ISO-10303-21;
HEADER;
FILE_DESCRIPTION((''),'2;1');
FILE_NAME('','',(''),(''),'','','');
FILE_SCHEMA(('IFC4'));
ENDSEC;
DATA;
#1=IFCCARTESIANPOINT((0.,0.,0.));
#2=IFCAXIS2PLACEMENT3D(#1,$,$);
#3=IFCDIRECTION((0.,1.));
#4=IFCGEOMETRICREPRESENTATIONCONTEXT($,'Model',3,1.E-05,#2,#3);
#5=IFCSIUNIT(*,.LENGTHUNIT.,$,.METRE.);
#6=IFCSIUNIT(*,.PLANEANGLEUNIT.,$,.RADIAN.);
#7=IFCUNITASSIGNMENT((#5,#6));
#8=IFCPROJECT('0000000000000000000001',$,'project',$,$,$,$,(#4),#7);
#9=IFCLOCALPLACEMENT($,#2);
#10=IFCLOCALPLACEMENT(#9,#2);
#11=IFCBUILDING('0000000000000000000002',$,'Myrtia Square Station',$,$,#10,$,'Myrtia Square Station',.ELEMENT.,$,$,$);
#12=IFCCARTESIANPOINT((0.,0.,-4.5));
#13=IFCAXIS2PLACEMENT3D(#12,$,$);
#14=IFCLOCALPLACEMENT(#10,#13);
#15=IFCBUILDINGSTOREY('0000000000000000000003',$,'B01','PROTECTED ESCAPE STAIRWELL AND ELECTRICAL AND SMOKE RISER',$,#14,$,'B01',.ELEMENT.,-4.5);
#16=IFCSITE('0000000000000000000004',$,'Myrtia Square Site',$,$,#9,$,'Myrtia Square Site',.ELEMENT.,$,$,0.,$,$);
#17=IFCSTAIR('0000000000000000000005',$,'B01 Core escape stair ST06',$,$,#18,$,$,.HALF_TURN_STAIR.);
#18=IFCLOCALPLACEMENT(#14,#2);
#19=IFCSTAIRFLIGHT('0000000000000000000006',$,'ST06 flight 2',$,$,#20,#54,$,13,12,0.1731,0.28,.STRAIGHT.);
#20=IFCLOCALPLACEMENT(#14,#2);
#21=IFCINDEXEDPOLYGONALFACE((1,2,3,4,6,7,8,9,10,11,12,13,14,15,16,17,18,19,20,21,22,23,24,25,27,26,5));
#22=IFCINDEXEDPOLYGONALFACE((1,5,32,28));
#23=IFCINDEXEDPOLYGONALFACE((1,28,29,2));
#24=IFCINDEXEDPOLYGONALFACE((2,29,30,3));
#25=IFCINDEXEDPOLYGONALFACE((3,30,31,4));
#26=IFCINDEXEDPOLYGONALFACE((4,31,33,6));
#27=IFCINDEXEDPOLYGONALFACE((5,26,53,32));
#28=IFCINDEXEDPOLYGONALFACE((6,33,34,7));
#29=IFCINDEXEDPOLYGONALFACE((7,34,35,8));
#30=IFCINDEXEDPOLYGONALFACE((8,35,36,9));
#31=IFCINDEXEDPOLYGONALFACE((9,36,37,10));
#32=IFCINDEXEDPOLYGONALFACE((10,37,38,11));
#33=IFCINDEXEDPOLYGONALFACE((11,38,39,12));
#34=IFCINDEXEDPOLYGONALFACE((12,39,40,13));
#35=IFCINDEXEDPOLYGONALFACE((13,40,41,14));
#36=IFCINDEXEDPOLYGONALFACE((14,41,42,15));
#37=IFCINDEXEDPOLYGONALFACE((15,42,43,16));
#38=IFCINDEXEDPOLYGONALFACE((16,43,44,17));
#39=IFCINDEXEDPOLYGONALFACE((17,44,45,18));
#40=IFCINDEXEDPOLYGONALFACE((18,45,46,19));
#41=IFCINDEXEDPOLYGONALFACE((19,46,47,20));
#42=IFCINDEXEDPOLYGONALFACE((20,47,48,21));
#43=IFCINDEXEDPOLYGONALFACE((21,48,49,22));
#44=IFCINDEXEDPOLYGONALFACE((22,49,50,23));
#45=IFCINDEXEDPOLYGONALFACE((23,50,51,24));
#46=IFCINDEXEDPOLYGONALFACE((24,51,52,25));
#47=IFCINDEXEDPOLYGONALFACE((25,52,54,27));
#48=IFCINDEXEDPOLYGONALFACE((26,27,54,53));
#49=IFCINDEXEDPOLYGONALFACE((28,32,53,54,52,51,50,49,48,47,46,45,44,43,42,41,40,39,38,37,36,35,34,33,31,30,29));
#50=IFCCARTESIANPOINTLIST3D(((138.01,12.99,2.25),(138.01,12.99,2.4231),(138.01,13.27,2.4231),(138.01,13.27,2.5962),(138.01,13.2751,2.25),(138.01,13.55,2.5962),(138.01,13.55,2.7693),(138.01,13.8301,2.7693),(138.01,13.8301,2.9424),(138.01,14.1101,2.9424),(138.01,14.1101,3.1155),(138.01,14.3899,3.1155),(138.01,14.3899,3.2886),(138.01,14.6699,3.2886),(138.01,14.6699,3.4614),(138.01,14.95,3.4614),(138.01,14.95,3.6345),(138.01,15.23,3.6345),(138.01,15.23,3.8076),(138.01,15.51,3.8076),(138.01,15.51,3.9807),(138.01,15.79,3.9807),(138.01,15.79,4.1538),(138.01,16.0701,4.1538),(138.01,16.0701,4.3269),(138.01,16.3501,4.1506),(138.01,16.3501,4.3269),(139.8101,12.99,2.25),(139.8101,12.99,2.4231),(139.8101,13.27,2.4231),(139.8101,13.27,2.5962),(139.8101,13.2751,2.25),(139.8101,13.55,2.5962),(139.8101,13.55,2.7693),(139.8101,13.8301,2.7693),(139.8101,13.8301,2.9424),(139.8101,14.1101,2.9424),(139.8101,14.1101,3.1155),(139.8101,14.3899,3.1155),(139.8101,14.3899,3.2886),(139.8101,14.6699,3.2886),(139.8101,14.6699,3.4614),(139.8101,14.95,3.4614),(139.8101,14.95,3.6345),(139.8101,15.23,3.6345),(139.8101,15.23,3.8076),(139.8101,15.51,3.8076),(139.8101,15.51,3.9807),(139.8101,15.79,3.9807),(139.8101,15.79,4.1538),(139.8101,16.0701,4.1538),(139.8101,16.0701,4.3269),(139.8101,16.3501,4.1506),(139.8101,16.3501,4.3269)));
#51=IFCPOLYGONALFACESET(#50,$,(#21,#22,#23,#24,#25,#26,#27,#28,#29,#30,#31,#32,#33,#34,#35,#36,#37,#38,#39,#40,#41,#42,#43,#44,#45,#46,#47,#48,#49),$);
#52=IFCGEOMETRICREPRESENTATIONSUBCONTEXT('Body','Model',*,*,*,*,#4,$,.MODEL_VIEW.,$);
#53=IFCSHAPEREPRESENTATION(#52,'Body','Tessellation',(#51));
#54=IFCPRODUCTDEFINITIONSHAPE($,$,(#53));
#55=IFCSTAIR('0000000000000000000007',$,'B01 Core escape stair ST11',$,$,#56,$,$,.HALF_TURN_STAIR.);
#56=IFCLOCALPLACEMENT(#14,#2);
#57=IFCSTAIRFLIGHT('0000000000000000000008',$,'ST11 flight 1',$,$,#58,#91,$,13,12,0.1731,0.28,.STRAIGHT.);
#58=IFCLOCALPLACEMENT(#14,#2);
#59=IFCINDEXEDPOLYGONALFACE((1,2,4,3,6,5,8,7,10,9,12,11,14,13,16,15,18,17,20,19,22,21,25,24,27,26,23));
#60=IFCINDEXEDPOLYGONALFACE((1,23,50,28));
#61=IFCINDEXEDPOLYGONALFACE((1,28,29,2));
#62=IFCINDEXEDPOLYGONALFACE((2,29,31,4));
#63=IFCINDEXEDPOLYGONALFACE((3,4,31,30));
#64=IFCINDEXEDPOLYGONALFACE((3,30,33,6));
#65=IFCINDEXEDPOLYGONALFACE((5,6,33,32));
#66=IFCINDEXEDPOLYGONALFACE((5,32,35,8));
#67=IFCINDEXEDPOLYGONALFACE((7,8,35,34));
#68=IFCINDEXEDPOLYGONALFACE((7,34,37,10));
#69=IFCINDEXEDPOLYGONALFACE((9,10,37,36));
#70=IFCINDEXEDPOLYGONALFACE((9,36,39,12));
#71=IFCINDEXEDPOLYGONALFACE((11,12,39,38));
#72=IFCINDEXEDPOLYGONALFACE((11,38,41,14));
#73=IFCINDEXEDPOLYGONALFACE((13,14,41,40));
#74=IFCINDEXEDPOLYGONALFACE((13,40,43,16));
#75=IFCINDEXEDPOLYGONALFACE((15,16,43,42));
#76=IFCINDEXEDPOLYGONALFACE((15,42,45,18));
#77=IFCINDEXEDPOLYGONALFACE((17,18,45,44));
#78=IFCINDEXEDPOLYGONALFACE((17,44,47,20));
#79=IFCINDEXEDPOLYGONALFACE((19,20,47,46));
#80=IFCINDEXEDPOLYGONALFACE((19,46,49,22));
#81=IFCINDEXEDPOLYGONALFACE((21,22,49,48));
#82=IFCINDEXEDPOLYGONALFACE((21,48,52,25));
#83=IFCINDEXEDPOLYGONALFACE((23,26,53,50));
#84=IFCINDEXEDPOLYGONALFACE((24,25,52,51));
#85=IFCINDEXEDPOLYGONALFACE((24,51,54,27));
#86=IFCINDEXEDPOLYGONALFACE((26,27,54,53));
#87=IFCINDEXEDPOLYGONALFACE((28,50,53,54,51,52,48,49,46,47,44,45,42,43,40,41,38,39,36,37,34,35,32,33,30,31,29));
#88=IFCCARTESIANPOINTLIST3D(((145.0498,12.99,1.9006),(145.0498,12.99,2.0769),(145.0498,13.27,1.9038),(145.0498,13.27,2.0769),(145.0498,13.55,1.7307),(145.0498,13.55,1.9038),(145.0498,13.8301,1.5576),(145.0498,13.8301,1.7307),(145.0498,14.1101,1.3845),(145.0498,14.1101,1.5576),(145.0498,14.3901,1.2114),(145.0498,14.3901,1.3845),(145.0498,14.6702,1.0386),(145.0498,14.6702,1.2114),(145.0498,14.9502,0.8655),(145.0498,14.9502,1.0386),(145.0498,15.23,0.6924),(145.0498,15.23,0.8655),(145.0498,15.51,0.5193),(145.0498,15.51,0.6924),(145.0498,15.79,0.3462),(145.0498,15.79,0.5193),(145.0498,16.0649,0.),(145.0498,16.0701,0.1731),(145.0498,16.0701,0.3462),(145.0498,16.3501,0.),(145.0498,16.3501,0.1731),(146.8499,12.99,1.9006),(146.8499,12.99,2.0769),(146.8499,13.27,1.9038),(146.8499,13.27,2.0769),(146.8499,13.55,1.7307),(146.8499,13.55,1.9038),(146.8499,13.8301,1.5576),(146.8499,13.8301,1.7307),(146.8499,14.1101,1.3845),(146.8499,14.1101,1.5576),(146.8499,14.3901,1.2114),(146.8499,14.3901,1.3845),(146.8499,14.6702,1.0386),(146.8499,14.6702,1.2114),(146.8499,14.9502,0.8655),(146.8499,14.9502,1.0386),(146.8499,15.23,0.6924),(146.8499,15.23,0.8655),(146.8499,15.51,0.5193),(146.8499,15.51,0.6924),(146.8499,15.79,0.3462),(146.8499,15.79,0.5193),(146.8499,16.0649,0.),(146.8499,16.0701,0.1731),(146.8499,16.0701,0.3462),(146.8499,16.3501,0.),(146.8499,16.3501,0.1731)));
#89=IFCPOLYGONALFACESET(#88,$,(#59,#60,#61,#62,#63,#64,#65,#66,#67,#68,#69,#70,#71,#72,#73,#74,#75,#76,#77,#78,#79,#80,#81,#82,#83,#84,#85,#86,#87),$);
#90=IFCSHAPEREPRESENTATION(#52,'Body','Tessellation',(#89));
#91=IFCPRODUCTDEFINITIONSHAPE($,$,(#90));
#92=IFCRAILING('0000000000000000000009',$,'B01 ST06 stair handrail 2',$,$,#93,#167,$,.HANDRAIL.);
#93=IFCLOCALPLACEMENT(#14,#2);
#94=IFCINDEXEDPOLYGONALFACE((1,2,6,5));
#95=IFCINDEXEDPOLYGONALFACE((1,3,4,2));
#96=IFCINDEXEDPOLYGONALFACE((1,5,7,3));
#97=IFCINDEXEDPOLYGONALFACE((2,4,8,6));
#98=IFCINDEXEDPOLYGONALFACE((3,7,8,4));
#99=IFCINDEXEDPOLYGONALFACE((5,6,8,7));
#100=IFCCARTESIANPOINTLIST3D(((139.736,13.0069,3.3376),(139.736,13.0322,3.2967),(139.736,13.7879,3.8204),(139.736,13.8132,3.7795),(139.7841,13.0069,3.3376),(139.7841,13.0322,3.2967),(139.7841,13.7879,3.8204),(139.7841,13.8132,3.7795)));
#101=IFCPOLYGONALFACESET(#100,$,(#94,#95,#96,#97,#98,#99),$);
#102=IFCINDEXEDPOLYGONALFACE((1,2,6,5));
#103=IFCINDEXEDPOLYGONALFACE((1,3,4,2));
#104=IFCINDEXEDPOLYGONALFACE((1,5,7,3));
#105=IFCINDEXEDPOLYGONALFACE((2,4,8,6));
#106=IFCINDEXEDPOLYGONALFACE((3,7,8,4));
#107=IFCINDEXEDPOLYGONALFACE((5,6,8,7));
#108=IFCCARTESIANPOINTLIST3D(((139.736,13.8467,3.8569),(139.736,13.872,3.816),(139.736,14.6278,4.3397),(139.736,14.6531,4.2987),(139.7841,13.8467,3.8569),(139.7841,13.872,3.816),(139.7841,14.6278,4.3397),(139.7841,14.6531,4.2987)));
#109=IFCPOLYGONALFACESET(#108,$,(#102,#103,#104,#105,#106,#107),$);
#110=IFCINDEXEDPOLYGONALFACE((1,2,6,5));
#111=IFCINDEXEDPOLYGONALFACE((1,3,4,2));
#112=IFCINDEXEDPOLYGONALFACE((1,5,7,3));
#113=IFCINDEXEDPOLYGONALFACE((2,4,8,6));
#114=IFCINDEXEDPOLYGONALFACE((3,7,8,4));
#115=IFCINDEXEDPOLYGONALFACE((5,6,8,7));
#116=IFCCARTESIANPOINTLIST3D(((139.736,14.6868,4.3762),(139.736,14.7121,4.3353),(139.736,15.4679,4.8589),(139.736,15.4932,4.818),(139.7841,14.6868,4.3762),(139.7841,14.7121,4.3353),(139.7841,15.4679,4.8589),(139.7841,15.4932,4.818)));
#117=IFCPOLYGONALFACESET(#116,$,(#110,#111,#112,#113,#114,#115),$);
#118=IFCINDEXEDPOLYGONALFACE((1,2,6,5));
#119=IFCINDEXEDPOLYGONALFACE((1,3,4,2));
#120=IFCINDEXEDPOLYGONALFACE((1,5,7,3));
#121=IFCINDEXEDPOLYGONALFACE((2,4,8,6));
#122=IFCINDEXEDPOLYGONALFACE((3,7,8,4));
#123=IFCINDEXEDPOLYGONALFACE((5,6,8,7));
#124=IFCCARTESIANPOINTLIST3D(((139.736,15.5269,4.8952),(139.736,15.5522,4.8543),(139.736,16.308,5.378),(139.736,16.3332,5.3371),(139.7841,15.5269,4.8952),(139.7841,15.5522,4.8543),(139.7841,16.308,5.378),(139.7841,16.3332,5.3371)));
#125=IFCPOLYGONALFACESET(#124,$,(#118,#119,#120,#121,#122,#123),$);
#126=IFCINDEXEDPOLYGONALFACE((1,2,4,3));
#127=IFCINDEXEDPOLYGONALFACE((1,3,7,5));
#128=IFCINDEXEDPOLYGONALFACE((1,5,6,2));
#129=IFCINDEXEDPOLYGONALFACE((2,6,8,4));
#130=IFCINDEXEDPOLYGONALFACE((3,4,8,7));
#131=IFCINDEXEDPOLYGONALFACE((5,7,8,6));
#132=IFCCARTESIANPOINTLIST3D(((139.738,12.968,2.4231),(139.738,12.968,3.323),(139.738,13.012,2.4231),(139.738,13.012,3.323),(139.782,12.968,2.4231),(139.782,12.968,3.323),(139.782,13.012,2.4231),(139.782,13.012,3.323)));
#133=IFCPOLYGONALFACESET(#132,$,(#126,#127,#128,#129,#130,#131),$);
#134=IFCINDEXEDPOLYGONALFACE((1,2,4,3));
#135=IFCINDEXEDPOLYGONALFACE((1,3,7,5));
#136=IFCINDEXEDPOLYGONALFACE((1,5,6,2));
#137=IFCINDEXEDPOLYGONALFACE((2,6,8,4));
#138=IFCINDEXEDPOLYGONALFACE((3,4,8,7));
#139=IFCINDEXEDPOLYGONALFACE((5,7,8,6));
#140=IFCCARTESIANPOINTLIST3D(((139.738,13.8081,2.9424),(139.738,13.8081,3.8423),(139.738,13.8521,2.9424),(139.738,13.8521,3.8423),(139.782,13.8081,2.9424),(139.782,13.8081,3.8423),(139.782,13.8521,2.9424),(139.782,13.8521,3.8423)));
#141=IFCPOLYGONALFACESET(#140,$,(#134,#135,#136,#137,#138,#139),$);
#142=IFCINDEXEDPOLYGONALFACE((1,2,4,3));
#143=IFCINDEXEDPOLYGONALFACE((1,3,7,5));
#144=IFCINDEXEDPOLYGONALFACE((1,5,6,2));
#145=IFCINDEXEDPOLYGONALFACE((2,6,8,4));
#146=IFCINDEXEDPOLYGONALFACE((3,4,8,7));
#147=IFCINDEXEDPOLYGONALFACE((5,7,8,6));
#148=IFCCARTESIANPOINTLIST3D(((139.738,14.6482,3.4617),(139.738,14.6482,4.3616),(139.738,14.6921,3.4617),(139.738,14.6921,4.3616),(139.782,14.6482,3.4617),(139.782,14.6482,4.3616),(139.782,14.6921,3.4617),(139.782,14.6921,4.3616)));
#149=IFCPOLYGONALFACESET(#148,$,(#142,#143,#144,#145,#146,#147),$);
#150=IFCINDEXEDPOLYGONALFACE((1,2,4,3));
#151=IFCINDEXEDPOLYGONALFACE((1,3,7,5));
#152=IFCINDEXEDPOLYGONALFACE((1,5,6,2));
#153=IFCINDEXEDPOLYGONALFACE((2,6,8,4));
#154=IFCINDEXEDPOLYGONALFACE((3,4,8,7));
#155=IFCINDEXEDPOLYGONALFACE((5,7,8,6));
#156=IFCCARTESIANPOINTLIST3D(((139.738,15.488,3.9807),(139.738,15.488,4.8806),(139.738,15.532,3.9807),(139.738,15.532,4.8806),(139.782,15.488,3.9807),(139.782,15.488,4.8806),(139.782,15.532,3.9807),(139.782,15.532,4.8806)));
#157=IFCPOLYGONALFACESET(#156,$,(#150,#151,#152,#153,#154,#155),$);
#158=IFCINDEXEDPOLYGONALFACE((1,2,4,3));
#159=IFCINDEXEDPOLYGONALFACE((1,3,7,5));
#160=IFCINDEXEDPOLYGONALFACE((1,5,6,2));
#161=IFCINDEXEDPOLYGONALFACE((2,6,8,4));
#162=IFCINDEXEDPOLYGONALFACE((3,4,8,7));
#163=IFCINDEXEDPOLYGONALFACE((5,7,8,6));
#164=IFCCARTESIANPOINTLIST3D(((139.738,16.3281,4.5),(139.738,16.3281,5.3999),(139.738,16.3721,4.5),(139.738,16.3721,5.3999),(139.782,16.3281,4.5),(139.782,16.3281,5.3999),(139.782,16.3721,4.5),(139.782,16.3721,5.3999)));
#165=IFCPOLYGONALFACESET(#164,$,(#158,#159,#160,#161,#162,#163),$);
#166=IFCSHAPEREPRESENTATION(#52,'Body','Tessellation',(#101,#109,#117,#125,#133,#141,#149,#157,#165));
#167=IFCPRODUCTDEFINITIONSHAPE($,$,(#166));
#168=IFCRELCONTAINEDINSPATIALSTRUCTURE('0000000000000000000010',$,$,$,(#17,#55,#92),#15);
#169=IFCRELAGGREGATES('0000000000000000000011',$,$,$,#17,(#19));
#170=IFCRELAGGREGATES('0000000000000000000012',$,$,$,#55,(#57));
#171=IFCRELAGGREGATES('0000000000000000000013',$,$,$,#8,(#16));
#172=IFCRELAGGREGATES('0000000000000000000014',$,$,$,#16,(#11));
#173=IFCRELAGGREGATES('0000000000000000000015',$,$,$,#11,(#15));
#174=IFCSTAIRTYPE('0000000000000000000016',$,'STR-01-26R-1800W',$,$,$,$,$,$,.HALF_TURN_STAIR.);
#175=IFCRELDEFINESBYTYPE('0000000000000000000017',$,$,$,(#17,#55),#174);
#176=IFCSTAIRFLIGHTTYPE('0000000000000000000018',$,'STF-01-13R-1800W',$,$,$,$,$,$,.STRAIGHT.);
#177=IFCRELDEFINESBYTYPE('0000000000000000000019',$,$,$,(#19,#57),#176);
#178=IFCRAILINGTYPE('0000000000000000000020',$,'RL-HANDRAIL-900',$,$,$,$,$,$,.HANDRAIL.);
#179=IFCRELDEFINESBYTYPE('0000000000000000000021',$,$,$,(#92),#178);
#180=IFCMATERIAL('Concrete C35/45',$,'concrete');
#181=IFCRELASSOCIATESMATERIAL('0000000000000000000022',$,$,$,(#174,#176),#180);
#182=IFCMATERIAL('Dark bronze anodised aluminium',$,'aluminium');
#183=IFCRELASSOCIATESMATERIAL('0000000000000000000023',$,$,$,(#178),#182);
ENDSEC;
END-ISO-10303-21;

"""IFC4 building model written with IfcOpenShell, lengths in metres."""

from ifc_helpers import new_model, si_unit, direction, frame, origin, origin_2d, place, context, subcontext, project, spatial, polyline, rectangle, outline, extrude, material, type_object, element, aggregate, save


model = new_model("IFC4")

# Units and contexts
model_context = context("Model", 3, precision=1e-05, world=origin(), true_north=direction((0.0, 1.0)))
body_context = subcontext(model_context, "Body", "Model", "MODEL_VIEW")
ifc_project = project(units=[si_unit("LENGTHUNIT", "METRE"), si_unit("PLANEANGLEUNIT", "RADIAN")], contexts=[model_context])

# Site, building, storey
site_placement = place(None, origin())
site = spatial("IfcSite", under=ifc_project, at=site_placement, Name="Myrtia Square Site", LongName="Myrtia Square Site", CompositionType="ELEMENT", RefElevation=0.0)
building_placement = place(site_placement, origin())
building = spatial("IfcBuilding", under=site, at=building_placement, Name="Myrtia Square Station", LongName="Myrtia Square Station", CompositionType="ELEMENT")
storey_placement = place(building_placement, frame((0.0, 0.0, -4.5)))
storey = spatial("IfcBuildingStorey", under=building, at=storey_placement, Name="B01", Description="PROTECTED ESCAPE STAIRWELL AND ELECTRICAL AND SMOKE RISER", LongName="B01", CompositionType="ELEMENT", Elevation=-4.5)

# Shared definitions
ifc_material_1 = material(Name="Concrete C35/45", Category="concrete")

# Shared definitions
ifc_material_2 = material(Name="Dark bronze anodised aluminium", Category="aluminium")

# Stairs, stair flights
stair_type = type_object("IfcStairType", Name="STR-01-26R-1800W", PredefinedType="HALF_TURN_STAIR", material=ifc_material_1)
stair_1_placement = place(storey_placement, origin())
stair_1 = element("IfcStair", 1, at=stair_1_placement, inside=storey, type_object=stair_type, Name="B01 Core escape stair ST06", PredefinedType="HALF_TURN_STAIR")
stair_flight_type = type_object("IfcStairFlightType", Name="STF-01-13R-1800W", PredefinedType="STRAIGHT", material=ifc_material_1)
stair_flight_1_placement = place(storey_placement, frame((138.9099, 12.99, 2.25), z_axis=(0.0, 0.0, 1.0), x_axis=(0.0, 1.0, 0.0)))
stair_flight_1 = element("IfcStairFlight", 2, at=stair_flight_1_placement, type_object=stair_flight_type, Name="ST06 flight 2", NumberOfRisers=13, NumberOfTreads=12, PredefinedType="STRAIGHT", RiserHeight=0.1731, TreadLength=0.28, context=body_context, shape_type="SweptSolid", body=[
    extrude(outline(polyline([(0.0, 0.0), (0.0, 0.1731), (0.28, 0.1731), (0.28, 0.3462), (0.5601, 0.3462), (0.5601, 0.5193), (0.8401, 0.5193), (0.8401, 0.6924), (1.1201, 0.6924), (1.1201, 0.8655), (1.3999, 0.8655), (1.3999, 1.0386), (1.6799, 1.0386), (1.6799, 1.2114), (1.96, 1.2114), (1.96, 1.3845), (2.24, 1.3845), (2.24, 1.5576), (2.52, 1.5576), (2.52, 1.7307), (2.8, 1.7307), (2.8, 1.9038), (3.0801, 1.9038), (3.0801, 2.0769), (3.3601, 2.0769), (3.3601, 2.25), (3.3601, 1.9006), (0.2852, 0.0), (0.0, 0.0)])), frame((0.0, 0.8999, 0.0), z_axis=(0.0, -1.0, 0.0), x_axis=(1.0, 0.0, 0.0)), (0.0, 0.0, 1.0), 1.8),
])
aggregate(stair_1, [stair_flight_1])
stair_2_placement = place(storey_placement, origin())
stair_2 = element("IfcStair", 3, at=stair_2_placement, inside=storey, type_object=stair_type, Name="B01 Core escape stair ST11", PredefinedType="HALF_TURN_STAIR")
stair_flight_2_placement = place(storey_placement, frame((145.95, 16.3501, 0.0), z_axis=(0.0, 0.0, 1.0), x_axis=(0.0, -1.0, 0.0)))
stair_flight_2 = element("IfcStairFlight", 4, at=stair_flight_2_placement, type_object=stair_flight_type, Name="ST11 flight 1", NumberOfRisers=13, NumberOfTreads=12, PredefinedType="STRAIGHT", RiserHeight=0.1731, TreadLength=0.28, context=body_context, shape_type="SweptSolid", body=[
    extrude(outline(polyline([(0.0, 0.0), (0.0, 0.1731), (0.28, 0.1731), (0.28, 0.3462), (0.5601, 0.3462), (0.5601, 0.5193), (0.8401, 0.5193), (0.8401, 0.6924), (1.1201, 0.6924), (1.1201, 0.8655), (1.3999, 0.8655), (1.3999, 1.0386), (1.6799, 1.0386), (1.6799, 1.2114), (1.96, 1.2114), (1.96, 1.3845), (2.24, 1.3845), (2.24, 1.5576), (2.52, 1.5576), (2.52, 1.7307), (2.8, 1.7307), (2.8, 1.9038), (3.0801, 1.9038), (3.0801, 2.0769), (3.3601, 2.0769), (3.3601, 2.25), (3.3601, 1.9006), (0.2852, 0.0), (0.0, 0.0)])), frame((0.0, 0.8999, 0.0), z_axis=(0.0, -1.0, 0.0), x_axis=(1.0, 0.0, 0.0)), (0.0, 0.0, 1.0), 1.8),
])
aggregate(stair_2, [stair_flight_2])

# Railing
railing_type_1 = type_object("IfcRailingType", Name="RL-HANDRAIL-900", PredefinedType="HANDRAIL", material=ifc_material_2)
railing_1_placement = place(storey_placement, frame((139.76, 12.99, 2.4231)))
element("IfcRailing", 5, at=railing_1_placement, inside=storey, type_object=railing_type_1, Name="B01 ST06 stair handrail 2", PredefinedType="HANDRAIL", context=body_context, shape_type="SweptSolid", body=[
    extrude(rectangle(XDim=0.0481, YDim=0.0481, at=origin_2d()), frame((0.0, 0.0295, 0.894), z_axis=(0.0, 0.850623, 0.525776), x_axis=(-1.0, 0.0, 0.0)), (0.0, 0.0, 1.0), 0.9182),
    extrude(rectangle(XDim=0.0481, YDim=0.0481, at=origin_2d()), frame((0.0, 0.8694, 1.4133), z_axis=(0.0, 0.850623, 0.525776), x_axis=(-1.0, 0.0, 0.0)), (0.0, 0.0, 1.0), 0.9182),
    extrude(rectangle(XDim=0.0481, YDim=0.0481, at=origin_2d()), frame((0.0, 1.7095, 1.9326), z_axis=(0.0, 0.850623, 0.525776), x_axis=(-1.0, 0.0, 0.0)), (0.0, 0.0, 1.0), 0.9182),
    extrude(rectangle(XDim=0.0481, YDim=0.0481, at=origin_2d()), frame((0.0, 2.5496, 2.4517), z_axis=(0.0, 0.850623, 0.525776), x_axis=(-1.0, 0.0, 0.0)), (0.0, 0.0, 1.0), 0.9182),
    extrude(rectangle(XDim=0.0439, YDim=0.0439, at=origin_2d()), origin(), (0.0, 0.0, 1.0), 0.8999),
    extrude(rectangle(XDim=0.0439, YDim=0.0439, at=origin_2d()), frame((0.0, 0.8401, 0.5193)), (0.0, 0.0, 1.0), 0.8999),
    extrude(rectangle(XDim=0.0439, YDim=0.0439, at=origin_2d()), frame((0.0, 1.6802, 1.0386)), (0.0, 0.0, 1.0), 0.8999),
    extrude(rectangle(XDim=0.0439, YDim=0.0439, at=origin_2d()), frame((0.0, 2.52, 1.5576)), (0.0, 0.0, 1.0), 0.8999),
    extrude(rectangle(XDim=0.0439, YDim=0.0439, at=origin_2d()), frame((0.0, 3.3601, 2.0769)), (0.0, 0.0, 1.0), 0.8999),
])

save(model, "model.ifc")
